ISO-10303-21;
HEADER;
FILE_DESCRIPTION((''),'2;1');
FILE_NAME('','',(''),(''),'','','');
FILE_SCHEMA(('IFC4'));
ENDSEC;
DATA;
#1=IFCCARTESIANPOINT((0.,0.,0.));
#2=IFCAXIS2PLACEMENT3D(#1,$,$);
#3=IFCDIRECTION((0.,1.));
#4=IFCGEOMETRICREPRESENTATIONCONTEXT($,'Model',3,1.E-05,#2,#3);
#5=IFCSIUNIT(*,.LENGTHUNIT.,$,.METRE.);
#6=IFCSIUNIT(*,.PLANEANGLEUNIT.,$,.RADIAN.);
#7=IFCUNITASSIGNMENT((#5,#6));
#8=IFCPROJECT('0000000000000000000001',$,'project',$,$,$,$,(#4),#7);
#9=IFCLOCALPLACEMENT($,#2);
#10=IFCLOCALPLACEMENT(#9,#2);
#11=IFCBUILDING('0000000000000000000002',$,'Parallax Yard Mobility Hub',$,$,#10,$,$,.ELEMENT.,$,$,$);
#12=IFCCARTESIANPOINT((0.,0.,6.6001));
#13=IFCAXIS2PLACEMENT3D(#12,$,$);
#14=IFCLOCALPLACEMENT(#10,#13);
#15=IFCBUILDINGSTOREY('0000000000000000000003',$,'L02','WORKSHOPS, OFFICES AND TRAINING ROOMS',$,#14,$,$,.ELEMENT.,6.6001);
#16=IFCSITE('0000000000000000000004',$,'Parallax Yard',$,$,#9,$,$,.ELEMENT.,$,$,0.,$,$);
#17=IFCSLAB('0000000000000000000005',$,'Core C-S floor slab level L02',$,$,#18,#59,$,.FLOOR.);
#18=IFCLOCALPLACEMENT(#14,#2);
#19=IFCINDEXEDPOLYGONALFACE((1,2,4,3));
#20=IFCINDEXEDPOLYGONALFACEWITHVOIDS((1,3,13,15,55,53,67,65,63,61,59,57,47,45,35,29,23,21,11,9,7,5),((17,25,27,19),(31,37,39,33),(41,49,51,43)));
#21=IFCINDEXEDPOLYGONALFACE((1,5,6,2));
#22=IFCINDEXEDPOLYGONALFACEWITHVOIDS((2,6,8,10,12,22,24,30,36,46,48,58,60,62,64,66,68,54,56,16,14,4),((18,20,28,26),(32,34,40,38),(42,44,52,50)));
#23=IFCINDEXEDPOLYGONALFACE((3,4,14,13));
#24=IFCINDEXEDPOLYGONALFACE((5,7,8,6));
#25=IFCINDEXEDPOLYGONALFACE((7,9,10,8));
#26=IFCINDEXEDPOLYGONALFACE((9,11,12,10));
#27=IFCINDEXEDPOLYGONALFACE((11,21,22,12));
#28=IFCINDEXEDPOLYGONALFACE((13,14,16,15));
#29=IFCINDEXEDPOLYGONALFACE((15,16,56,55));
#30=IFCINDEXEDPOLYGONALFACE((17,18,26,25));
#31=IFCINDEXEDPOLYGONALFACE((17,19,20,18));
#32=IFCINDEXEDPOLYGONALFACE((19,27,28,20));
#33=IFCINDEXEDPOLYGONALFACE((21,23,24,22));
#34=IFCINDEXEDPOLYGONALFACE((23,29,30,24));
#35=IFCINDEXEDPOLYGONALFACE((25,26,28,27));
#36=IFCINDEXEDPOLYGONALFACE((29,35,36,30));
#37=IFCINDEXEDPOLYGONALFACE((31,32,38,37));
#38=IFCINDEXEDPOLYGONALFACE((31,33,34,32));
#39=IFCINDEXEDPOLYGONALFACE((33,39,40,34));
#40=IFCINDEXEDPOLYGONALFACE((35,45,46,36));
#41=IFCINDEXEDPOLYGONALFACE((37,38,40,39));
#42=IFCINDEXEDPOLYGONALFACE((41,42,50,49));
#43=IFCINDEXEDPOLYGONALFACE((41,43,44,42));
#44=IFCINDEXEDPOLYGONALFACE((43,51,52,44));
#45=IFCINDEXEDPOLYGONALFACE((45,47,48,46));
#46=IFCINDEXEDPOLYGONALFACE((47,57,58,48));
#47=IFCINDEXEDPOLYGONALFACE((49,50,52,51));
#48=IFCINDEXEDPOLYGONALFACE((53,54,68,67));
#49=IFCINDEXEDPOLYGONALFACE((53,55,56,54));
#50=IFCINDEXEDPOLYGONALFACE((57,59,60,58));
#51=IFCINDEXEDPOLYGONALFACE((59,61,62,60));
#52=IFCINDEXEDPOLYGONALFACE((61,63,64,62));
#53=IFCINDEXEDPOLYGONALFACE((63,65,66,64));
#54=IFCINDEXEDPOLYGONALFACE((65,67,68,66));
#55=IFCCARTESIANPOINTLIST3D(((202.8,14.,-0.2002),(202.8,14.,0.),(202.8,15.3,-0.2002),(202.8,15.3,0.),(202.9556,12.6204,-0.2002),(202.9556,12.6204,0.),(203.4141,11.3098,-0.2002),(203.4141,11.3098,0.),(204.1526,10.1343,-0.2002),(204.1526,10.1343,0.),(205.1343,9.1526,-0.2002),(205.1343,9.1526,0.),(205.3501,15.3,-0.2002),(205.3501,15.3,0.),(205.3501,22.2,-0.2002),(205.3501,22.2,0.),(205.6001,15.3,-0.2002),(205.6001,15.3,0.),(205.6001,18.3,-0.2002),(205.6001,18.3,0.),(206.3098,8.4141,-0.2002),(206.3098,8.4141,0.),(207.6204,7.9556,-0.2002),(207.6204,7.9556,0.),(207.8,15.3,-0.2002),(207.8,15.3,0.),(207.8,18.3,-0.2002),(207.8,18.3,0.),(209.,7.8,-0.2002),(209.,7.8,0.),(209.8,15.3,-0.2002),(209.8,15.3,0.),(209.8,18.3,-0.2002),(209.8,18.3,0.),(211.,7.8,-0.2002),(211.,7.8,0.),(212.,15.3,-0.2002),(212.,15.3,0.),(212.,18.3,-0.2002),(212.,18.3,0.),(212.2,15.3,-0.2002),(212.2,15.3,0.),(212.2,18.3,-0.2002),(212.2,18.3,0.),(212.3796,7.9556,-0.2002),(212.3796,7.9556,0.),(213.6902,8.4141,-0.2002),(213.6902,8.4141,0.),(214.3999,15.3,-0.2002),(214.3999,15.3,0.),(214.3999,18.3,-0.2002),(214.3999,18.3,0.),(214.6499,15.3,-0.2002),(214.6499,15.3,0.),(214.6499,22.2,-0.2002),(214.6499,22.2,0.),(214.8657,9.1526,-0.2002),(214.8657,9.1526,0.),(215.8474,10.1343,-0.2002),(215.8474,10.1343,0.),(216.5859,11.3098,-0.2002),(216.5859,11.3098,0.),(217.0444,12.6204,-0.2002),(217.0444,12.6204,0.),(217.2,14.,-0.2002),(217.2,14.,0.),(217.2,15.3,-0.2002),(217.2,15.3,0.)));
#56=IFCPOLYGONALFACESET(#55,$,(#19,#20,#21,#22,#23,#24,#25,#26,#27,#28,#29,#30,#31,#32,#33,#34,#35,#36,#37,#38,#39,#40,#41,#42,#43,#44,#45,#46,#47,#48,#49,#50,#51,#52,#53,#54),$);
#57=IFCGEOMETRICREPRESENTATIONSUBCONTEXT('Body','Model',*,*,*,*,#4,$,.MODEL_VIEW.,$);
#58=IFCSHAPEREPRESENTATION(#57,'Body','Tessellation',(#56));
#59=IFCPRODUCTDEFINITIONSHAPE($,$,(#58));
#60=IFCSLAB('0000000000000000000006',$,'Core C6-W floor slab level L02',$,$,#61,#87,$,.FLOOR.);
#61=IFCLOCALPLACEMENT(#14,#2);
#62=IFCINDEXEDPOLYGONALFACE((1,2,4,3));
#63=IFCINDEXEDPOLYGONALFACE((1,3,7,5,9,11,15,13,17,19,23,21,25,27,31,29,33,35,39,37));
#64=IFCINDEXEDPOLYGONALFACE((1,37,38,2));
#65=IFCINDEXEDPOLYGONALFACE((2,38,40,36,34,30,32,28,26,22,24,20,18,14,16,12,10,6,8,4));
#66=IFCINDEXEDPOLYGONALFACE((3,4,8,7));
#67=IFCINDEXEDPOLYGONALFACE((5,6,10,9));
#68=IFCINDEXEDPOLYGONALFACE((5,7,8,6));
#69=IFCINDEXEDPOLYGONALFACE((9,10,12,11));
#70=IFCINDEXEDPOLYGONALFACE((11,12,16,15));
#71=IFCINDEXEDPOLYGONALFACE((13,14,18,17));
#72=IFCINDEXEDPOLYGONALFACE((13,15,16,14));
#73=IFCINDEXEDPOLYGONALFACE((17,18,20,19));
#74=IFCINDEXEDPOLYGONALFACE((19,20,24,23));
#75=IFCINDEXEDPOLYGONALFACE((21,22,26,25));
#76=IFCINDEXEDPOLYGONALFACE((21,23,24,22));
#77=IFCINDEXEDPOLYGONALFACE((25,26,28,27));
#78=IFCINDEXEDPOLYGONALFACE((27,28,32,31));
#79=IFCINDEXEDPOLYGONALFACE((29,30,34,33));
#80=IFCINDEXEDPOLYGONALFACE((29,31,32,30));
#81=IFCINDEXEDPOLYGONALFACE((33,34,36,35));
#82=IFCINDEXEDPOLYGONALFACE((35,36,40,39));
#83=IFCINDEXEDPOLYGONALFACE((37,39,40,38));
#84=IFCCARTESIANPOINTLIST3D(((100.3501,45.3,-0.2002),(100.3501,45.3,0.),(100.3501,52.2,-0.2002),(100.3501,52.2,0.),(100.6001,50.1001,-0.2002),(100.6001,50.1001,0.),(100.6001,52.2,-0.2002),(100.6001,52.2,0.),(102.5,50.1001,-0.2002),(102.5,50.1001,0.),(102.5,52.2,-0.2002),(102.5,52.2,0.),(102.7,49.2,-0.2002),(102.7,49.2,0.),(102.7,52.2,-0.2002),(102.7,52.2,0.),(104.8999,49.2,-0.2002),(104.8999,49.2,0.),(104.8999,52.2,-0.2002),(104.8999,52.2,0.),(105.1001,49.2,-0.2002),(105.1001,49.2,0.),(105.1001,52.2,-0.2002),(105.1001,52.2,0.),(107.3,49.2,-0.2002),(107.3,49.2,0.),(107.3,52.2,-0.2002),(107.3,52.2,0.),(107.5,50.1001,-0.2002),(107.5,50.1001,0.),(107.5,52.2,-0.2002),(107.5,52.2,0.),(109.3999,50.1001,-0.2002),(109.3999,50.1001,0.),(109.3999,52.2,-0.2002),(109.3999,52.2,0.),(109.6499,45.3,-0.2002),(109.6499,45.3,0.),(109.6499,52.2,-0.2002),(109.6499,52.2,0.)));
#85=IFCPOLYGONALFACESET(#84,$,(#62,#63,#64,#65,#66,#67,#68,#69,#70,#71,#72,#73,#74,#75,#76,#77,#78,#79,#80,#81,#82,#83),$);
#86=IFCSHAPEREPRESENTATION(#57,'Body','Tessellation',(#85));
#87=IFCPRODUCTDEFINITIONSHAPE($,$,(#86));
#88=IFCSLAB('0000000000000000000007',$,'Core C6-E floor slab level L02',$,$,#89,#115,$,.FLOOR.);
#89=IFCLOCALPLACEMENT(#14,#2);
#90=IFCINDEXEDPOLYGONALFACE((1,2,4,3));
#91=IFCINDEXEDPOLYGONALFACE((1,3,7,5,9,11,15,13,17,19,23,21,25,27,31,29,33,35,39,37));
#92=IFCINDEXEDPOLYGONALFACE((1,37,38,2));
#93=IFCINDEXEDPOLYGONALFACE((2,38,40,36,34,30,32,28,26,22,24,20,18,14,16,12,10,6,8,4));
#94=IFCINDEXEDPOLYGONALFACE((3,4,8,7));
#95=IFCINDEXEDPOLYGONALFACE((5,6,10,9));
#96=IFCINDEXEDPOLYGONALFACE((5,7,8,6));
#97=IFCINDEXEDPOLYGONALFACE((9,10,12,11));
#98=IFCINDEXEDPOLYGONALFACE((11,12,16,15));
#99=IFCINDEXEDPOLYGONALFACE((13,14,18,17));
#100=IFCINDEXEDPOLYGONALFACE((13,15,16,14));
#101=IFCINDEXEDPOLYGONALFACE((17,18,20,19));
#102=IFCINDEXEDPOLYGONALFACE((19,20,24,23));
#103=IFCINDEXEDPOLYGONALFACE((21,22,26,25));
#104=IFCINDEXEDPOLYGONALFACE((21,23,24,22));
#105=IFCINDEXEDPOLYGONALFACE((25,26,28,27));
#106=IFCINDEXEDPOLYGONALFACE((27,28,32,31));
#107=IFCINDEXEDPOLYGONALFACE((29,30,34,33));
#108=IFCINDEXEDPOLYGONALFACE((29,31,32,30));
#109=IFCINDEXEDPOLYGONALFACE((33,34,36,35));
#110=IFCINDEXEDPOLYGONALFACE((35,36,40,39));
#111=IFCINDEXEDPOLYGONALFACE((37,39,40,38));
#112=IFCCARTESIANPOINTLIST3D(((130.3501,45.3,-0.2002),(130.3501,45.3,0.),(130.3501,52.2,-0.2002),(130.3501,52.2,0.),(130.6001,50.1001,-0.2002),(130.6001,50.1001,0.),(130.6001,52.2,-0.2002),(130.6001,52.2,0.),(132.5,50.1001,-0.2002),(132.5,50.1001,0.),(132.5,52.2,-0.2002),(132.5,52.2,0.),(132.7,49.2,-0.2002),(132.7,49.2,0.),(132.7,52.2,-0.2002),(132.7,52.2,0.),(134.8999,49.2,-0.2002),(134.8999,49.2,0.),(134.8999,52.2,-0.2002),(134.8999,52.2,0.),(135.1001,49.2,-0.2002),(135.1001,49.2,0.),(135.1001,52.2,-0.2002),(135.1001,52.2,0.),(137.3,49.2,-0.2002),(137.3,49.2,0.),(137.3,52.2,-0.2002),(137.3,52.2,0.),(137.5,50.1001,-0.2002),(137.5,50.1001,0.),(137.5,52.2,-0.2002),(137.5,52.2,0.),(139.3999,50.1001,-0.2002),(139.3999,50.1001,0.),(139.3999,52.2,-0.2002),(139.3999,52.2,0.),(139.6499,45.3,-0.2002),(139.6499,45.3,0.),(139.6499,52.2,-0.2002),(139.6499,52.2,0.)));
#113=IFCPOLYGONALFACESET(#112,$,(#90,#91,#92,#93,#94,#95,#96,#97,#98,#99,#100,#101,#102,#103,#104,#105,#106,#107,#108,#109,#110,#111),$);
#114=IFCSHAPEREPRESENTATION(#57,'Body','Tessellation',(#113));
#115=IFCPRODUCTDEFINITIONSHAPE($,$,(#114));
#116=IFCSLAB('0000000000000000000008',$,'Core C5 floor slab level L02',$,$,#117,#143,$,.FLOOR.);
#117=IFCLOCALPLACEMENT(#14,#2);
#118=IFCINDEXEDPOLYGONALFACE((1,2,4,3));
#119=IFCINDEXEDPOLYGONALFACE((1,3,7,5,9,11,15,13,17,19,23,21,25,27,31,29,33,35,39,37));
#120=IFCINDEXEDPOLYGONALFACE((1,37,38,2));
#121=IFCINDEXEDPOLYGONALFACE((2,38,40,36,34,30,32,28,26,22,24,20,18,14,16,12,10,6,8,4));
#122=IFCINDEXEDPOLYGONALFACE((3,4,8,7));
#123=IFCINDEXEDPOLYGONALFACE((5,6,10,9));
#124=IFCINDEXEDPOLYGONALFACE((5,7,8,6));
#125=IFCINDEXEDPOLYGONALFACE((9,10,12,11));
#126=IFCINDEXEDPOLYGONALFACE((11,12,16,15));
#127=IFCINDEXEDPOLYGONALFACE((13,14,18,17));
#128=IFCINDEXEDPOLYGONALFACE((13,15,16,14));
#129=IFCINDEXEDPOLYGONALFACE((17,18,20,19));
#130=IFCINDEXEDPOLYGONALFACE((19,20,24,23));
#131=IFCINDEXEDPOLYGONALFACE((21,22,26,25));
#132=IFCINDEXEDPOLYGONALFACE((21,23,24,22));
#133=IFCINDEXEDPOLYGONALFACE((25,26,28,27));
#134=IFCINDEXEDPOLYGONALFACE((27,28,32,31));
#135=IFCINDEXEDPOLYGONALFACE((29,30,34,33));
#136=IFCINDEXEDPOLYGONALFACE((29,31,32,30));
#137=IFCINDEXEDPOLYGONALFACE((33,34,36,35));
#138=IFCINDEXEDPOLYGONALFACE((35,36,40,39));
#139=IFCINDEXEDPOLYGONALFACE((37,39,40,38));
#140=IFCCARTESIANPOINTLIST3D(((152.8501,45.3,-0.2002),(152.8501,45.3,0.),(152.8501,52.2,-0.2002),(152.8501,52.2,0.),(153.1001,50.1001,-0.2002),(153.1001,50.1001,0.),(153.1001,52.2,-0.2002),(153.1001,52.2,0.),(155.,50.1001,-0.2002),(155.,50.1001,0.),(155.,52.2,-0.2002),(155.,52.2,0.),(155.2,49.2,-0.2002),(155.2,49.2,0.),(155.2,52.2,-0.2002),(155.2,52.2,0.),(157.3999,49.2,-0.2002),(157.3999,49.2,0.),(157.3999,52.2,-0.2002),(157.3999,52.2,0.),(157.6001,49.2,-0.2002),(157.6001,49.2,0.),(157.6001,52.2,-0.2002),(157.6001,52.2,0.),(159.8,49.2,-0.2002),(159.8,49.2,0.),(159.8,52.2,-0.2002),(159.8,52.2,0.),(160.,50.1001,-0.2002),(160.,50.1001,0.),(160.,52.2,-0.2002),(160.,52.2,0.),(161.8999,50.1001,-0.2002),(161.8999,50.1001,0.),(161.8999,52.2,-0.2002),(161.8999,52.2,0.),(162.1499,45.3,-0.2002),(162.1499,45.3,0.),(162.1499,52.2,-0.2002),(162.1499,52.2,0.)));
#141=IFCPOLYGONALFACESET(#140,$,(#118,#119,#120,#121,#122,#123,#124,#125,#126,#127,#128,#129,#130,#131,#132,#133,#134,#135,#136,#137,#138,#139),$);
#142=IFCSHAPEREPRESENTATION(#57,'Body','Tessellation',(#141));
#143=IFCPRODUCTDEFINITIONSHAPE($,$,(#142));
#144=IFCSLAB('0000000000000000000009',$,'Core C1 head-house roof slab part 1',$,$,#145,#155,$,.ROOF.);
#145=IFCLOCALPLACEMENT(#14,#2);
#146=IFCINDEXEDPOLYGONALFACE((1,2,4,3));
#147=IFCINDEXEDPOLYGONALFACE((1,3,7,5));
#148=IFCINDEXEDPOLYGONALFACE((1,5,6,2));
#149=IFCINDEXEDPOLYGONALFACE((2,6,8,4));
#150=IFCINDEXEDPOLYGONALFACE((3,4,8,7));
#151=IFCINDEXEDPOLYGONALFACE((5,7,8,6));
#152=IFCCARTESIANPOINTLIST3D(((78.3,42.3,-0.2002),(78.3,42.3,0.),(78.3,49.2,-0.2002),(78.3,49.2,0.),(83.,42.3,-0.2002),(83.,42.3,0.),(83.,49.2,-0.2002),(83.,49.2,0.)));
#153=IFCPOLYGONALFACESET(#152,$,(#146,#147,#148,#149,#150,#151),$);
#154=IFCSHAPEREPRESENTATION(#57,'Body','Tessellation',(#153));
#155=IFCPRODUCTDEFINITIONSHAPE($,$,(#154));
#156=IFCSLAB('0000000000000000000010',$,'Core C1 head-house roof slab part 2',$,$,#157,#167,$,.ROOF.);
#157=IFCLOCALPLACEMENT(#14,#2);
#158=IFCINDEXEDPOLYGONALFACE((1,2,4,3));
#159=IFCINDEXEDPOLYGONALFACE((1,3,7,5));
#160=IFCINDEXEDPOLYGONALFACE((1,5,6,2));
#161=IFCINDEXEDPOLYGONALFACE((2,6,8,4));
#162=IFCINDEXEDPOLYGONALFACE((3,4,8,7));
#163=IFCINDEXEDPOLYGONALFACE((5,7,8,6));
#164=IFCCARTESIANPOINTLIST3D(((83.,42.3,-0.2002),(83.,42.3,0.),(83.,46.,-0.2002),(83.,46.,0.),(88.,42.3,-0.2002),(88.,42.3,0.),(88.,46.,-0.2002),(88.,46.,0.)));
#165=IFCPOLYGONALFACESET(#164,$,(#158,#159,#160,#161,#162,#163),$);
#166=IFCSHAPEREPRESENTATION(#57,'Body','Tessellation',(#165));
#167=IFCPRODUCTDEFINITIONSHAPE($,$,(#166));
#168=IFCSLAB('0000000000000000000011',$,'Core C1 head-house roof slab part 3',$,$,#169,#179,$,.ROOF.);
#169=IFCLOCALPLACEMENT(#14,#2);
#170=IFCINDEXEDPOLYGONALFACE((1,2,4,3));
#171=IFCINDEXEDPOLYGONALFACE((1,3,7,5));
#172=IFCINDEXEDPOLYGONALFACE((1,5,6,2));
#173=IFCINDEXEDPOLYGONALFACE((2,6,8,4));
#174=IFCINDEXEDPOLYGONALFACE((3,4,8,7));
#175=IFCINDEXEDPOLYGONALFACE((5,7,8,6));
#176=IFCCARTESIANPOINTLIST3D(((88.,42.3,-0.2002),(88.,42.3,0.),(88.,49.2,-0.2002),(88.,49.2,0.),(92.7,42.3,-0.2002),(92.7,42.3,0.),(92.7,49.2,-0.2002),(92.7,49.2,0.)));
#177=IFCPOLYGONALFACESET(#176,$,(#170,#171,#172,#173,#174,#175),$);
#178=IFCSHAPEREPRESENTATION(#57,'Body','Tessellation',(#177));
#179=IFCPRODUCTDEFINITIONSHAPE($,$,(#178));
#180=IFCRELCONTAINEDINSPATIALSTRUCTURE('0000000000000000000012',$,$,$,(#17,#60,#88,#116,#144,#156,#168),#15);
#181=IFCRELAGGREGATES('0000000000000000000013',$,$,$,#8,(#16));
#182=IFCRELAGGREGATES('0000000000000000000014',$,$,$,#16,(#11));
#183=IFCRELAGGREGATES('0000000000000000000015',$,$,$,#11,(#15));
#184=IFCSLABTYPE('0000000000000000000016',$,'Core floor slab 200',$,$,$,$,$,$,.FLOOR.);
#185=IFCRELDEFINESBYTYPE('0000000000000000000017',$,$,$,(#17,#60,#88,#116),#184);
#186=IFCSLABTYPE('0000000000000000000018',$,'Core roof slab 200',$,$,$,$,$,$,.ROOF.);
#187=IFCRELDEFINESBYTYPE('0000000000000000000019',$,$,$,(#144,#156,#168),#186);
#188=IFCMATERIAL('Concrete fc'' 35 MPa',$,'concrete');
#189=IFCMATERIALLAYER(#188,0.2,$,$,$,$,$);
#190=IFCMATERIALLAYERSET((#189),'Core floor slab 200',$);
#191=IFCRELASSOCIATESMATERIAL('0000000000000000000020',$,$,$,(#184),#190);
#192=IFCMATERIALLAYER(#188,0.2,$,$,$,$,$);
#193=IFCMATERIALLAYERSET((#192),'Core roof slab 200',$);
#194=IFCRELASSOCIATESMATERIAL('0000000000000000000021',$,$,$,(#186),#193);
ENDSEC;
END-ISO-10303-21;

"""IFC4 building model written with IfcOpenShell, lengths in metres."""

from ifc_helpers import new_model, si_unit, direction, frame, origin, place, context, subcontext, project, spatial, polyline, outline, extrude, material, layer, layer_set, type_object, element, save


model = new_model("IFC4")

# Units and contexts
model_context = context("Model", 3, precision=1e-05, world=origin(), true_north=direction((0.0, 1.0)))
body_context = subcontext(model_context, "Body", "Model", "MODEL_VIEW")
ifc_project = project(units=[si_unit("LENGTHUNIT", "METRE"), si_unit("PLANEANGLEUNIT", "RADIAN")], contexts=[model_context])

# Site, building, storey
site_placement = place(None, origin())
site = spatial("IfcSite", under=ifc_project, at=site_placement, Name="Parallax Yard", CompositionType="ELEMENT", RefElevation=0.0)
building_placement = place(site_placement, origin())
building = spatial("IfcBuilding", under=site, at=building_placement, Name="Parallax Yard Mobility Hub", CompositionType="ELEMENT")
storey_placement = place(building_placement, frame((0.0, 0.0, 6.6001)))
storey = spatial("IfcBuildingStorey", under=building, at=storey_placement, Name="L02", Description="WORKSHOPS, OFFICES AND TRAINING ROOMS", CompositionType="ELEMENT", Elevation=6.6001)

# Slabs
ifc_material_1 = material(Name="Concrete fc' 35 MPa", Category="concrete")
ifc_layer_1 = layer(ifc_material_1, 0.2)
ifc_layer_set_1 = layer_set([ifc_layer_1], Name="Core floor slab 200")
slab_type_1 = type_object("IfcSlabType", Name="Core floor slab 200", PredefinedType="FLOOR", material=ifc_layer_set_1)
slab_1_placement = place(storey_placement, frame((0.0, 0.0, -0.2002)))
element("IfcSlab", 1, at=slab_1_placement, inside=storey, type_object=slab_type_1, Name="Core C-S floor slab level L02", PredefinedType="FLOOR", context=body_context, shape_type="SweptSolid", body=[
    extrude(outline(polyline([(216.5859, 11.3098), (215.8474, 10.1343), (214.8657, 9.1526), (213.6902, 8.4141), (212.3796, 7.9556), (211.0, 7.8), (209.0, 7.8), (207.6204, 7.9556), (206.3098, 8.4141), (205.1343, 9.1526), (204.1526, 10.1343), (203.4141, 11.3098), (202.9556, 12.6204), (202.8, 14.0), (202.8, 15.3), (205.3501, 15.3), (205.3501, 22.2), (214.6499, 22.2), (214.6499, 15.3), (217.2, 15.3), (217.2, 14.0), (217.0444, 12.6204), (216.5859, 11.3098)]), holes=[polyline([(214.3999, 18.3), (212.2, 18.3), (212.2, 15.3), (214.3999, 15.3), (214.3999, 18.3)]), polyline([(212.0, 15.3), (212.0, 18.3), (209.8, 18.3), (209.8, 15.3), (212.0, 15.3)]), polyline([(205.6001, 15.3), (207.8, 15.3), (207.8, 18.3), (205.6001, 18.3), (205.6001, 15.3)])]), origin(), (0.0, 0.0, 1.0), 0.2002),
])
slab_2_placement = place(storey_placement, frame((0.0, 0.0, -0.2002)))
element("IfcSlab", 2, at=slab_2_placement, inside=storey, type_object=slab_type_1, Name="Core C6-W floor slab level L02", PredefinedType="FLOOR", context=body_context, shape_type="SweptSolid", body=[
    extrude(outline(polyline([(104.8999, 49.2), (104.8999, 52.2), (105.1001, 52.2), (105.1001, 49.2), (107.3, 49.2), (107.3, 52.2), (107.5, 52.2), (107.5, 50.1001), (109.3999, 50.1001), (109.3999, 52.2), (109.6499, 52.2), (109.6499, 45.3), (100.3501, 45.3), (100.3501, 52.2), (100.6001, 52.2), (100.6001, 50.1001), (102.5, 50.1001), (102.5, 52.2), (102.7, 52.2), (102.7, 49.2), (104.8999, 49.2)])), origin(), (0.0, 0.0, 1.0), 0.2002),
])
slab_3_placement = place(storey_placement, frame((0.0, 0.0, -0.2002)))
element("IfcSlab", 3, at=slab_3_placement, inside=storey, type_object=slab_type_1, Name="Core C6-E floor slab level L02", PredefinedType="FLOOR", context=body_context, shape_type="SweptSolid", body=[
    extrude(outline(polyline([(134.8999, 49.2), (134.8999, 52.2), (135.1001, 52.2), (135.1001, 49.2), (137.3, 49.2), (137.3, 52.2), (137.5, 52.2), (137.5, 50.1001), (139.3999, 50.1001), (139.3999, 52.2), (139.6499, 52.2), (139.6499, 45.3), (130.3501, 45.3), (130.3501, 52.2), (130.6001, 52.2), (130.6001, 50.1001), (132.5, 50.1001), (132.5, 52.2), (132.7, 52.2), (132.7, 49.2), (134.8999, 49.2)])), origin(), (0.0, 0.0, 1.0), 0.2002),
])
slab_4_placement = place(storey_placement, frame((0.0, 0.0, -0.2002)))
element("IfcSlab", 4, at=slab_4_placement, inside=storey, type_object=slab_type_1, Name="Core C5 floor slab level L02", PredefinedType="FLOOR", context=body_context, shape_type="SweptSolid", body=[
    extrude(outline(polyline([(157.3999, 49.2), (157.3999, 52.2), (157.6001, 52.2), (157.6001, 49.2), (159.8, 49.2), (159.8, 52.2), (160.0, 52.2), (160.0, 50.1001), (161.8999, 50.1001), (161.8999, 52.2), (162.1499, 52.2), (162.1499, 45.3), (152.8501, 45.3), (152.8501, 52.2), (153.1001, 52.2), (153.1001, 50.1001), (155.0, 50.1001), (155.0, 52.2), (155.2, 52.2), (155.2, 49.2), (157.3999, 49.2)])), origin(), (0.0, 0.0, 1.0), 0.2002),
])
ifc_layer_2 = layer(ifc_material_1, 0.2)
ifc_layer_set_2 = layer_set([ifc_layer_2], Name="Core roof slab 200")
slab_type_2 = type_object("IfcSlabType", Name="Core roof slab 200", PredefinedType="ROOF", material=ifc_layer_set_2)
placement = place(building_placement, frame((0.0, 0.0, 3.3)))
slab_5_placement = place(placement, frame((0.0, 0.0, 3.0999)))
element("IfcSlab", 5, at=slab_5_placement, inside=storey, type_object=slab_type_2, Name="Core C1 head-house roof slab part 1", PredefinedType="ROOF", context=body_context, shape_type="SweptSolid", body=[
    extrude(outline(polyline([(83.0, 42.3), (83.0, 49.2), (78.3, 49.2), (78.3, 42.3), (83.0, 42.3)])), origin(), (0.0, 0.0, 1.0), 0.2002),
])
slab_6_placement = place(placement, frame((0.0, 0.0, 3.0999)))
element("IfcSlab", 6, at=slab_6_placement, inside=storey, type_object=slab_type_2, Name="Core C1 head-house roof slab part 2", PredefinedType="ROOF", context=body_context, shape_type="SweptSolid", body=[
    extrude(outline(polyline([(88.0, 42.3), (88.0, 46.0), (83.0, 46.0), (83.0, 42.3), (88.0, 42.3)])), origin(), (0.0, 0.0, 1.0), 0.2002),
])
slab_7_placement = place(placement, frame((0.0, 0.0, 3.0999)))
element("IfcSlab", 7, at=slab_7_placement, inside=storey, type_object=slab_type_2, Name="Core C1 head-house roof slab part 3", PredefinedType="ROOF", context=body_context, shape_type="SweptSolid", body=[
    extrude(outline(polyline([(92.7, 42.3), (92.7, 49.2), (88.0, 49.2), (88.0, 42.3), (92.7, 42.3)])), origin(), (0.0, 0.0, 1.0), 0.2002),
])

save(model, "model.ifc")
